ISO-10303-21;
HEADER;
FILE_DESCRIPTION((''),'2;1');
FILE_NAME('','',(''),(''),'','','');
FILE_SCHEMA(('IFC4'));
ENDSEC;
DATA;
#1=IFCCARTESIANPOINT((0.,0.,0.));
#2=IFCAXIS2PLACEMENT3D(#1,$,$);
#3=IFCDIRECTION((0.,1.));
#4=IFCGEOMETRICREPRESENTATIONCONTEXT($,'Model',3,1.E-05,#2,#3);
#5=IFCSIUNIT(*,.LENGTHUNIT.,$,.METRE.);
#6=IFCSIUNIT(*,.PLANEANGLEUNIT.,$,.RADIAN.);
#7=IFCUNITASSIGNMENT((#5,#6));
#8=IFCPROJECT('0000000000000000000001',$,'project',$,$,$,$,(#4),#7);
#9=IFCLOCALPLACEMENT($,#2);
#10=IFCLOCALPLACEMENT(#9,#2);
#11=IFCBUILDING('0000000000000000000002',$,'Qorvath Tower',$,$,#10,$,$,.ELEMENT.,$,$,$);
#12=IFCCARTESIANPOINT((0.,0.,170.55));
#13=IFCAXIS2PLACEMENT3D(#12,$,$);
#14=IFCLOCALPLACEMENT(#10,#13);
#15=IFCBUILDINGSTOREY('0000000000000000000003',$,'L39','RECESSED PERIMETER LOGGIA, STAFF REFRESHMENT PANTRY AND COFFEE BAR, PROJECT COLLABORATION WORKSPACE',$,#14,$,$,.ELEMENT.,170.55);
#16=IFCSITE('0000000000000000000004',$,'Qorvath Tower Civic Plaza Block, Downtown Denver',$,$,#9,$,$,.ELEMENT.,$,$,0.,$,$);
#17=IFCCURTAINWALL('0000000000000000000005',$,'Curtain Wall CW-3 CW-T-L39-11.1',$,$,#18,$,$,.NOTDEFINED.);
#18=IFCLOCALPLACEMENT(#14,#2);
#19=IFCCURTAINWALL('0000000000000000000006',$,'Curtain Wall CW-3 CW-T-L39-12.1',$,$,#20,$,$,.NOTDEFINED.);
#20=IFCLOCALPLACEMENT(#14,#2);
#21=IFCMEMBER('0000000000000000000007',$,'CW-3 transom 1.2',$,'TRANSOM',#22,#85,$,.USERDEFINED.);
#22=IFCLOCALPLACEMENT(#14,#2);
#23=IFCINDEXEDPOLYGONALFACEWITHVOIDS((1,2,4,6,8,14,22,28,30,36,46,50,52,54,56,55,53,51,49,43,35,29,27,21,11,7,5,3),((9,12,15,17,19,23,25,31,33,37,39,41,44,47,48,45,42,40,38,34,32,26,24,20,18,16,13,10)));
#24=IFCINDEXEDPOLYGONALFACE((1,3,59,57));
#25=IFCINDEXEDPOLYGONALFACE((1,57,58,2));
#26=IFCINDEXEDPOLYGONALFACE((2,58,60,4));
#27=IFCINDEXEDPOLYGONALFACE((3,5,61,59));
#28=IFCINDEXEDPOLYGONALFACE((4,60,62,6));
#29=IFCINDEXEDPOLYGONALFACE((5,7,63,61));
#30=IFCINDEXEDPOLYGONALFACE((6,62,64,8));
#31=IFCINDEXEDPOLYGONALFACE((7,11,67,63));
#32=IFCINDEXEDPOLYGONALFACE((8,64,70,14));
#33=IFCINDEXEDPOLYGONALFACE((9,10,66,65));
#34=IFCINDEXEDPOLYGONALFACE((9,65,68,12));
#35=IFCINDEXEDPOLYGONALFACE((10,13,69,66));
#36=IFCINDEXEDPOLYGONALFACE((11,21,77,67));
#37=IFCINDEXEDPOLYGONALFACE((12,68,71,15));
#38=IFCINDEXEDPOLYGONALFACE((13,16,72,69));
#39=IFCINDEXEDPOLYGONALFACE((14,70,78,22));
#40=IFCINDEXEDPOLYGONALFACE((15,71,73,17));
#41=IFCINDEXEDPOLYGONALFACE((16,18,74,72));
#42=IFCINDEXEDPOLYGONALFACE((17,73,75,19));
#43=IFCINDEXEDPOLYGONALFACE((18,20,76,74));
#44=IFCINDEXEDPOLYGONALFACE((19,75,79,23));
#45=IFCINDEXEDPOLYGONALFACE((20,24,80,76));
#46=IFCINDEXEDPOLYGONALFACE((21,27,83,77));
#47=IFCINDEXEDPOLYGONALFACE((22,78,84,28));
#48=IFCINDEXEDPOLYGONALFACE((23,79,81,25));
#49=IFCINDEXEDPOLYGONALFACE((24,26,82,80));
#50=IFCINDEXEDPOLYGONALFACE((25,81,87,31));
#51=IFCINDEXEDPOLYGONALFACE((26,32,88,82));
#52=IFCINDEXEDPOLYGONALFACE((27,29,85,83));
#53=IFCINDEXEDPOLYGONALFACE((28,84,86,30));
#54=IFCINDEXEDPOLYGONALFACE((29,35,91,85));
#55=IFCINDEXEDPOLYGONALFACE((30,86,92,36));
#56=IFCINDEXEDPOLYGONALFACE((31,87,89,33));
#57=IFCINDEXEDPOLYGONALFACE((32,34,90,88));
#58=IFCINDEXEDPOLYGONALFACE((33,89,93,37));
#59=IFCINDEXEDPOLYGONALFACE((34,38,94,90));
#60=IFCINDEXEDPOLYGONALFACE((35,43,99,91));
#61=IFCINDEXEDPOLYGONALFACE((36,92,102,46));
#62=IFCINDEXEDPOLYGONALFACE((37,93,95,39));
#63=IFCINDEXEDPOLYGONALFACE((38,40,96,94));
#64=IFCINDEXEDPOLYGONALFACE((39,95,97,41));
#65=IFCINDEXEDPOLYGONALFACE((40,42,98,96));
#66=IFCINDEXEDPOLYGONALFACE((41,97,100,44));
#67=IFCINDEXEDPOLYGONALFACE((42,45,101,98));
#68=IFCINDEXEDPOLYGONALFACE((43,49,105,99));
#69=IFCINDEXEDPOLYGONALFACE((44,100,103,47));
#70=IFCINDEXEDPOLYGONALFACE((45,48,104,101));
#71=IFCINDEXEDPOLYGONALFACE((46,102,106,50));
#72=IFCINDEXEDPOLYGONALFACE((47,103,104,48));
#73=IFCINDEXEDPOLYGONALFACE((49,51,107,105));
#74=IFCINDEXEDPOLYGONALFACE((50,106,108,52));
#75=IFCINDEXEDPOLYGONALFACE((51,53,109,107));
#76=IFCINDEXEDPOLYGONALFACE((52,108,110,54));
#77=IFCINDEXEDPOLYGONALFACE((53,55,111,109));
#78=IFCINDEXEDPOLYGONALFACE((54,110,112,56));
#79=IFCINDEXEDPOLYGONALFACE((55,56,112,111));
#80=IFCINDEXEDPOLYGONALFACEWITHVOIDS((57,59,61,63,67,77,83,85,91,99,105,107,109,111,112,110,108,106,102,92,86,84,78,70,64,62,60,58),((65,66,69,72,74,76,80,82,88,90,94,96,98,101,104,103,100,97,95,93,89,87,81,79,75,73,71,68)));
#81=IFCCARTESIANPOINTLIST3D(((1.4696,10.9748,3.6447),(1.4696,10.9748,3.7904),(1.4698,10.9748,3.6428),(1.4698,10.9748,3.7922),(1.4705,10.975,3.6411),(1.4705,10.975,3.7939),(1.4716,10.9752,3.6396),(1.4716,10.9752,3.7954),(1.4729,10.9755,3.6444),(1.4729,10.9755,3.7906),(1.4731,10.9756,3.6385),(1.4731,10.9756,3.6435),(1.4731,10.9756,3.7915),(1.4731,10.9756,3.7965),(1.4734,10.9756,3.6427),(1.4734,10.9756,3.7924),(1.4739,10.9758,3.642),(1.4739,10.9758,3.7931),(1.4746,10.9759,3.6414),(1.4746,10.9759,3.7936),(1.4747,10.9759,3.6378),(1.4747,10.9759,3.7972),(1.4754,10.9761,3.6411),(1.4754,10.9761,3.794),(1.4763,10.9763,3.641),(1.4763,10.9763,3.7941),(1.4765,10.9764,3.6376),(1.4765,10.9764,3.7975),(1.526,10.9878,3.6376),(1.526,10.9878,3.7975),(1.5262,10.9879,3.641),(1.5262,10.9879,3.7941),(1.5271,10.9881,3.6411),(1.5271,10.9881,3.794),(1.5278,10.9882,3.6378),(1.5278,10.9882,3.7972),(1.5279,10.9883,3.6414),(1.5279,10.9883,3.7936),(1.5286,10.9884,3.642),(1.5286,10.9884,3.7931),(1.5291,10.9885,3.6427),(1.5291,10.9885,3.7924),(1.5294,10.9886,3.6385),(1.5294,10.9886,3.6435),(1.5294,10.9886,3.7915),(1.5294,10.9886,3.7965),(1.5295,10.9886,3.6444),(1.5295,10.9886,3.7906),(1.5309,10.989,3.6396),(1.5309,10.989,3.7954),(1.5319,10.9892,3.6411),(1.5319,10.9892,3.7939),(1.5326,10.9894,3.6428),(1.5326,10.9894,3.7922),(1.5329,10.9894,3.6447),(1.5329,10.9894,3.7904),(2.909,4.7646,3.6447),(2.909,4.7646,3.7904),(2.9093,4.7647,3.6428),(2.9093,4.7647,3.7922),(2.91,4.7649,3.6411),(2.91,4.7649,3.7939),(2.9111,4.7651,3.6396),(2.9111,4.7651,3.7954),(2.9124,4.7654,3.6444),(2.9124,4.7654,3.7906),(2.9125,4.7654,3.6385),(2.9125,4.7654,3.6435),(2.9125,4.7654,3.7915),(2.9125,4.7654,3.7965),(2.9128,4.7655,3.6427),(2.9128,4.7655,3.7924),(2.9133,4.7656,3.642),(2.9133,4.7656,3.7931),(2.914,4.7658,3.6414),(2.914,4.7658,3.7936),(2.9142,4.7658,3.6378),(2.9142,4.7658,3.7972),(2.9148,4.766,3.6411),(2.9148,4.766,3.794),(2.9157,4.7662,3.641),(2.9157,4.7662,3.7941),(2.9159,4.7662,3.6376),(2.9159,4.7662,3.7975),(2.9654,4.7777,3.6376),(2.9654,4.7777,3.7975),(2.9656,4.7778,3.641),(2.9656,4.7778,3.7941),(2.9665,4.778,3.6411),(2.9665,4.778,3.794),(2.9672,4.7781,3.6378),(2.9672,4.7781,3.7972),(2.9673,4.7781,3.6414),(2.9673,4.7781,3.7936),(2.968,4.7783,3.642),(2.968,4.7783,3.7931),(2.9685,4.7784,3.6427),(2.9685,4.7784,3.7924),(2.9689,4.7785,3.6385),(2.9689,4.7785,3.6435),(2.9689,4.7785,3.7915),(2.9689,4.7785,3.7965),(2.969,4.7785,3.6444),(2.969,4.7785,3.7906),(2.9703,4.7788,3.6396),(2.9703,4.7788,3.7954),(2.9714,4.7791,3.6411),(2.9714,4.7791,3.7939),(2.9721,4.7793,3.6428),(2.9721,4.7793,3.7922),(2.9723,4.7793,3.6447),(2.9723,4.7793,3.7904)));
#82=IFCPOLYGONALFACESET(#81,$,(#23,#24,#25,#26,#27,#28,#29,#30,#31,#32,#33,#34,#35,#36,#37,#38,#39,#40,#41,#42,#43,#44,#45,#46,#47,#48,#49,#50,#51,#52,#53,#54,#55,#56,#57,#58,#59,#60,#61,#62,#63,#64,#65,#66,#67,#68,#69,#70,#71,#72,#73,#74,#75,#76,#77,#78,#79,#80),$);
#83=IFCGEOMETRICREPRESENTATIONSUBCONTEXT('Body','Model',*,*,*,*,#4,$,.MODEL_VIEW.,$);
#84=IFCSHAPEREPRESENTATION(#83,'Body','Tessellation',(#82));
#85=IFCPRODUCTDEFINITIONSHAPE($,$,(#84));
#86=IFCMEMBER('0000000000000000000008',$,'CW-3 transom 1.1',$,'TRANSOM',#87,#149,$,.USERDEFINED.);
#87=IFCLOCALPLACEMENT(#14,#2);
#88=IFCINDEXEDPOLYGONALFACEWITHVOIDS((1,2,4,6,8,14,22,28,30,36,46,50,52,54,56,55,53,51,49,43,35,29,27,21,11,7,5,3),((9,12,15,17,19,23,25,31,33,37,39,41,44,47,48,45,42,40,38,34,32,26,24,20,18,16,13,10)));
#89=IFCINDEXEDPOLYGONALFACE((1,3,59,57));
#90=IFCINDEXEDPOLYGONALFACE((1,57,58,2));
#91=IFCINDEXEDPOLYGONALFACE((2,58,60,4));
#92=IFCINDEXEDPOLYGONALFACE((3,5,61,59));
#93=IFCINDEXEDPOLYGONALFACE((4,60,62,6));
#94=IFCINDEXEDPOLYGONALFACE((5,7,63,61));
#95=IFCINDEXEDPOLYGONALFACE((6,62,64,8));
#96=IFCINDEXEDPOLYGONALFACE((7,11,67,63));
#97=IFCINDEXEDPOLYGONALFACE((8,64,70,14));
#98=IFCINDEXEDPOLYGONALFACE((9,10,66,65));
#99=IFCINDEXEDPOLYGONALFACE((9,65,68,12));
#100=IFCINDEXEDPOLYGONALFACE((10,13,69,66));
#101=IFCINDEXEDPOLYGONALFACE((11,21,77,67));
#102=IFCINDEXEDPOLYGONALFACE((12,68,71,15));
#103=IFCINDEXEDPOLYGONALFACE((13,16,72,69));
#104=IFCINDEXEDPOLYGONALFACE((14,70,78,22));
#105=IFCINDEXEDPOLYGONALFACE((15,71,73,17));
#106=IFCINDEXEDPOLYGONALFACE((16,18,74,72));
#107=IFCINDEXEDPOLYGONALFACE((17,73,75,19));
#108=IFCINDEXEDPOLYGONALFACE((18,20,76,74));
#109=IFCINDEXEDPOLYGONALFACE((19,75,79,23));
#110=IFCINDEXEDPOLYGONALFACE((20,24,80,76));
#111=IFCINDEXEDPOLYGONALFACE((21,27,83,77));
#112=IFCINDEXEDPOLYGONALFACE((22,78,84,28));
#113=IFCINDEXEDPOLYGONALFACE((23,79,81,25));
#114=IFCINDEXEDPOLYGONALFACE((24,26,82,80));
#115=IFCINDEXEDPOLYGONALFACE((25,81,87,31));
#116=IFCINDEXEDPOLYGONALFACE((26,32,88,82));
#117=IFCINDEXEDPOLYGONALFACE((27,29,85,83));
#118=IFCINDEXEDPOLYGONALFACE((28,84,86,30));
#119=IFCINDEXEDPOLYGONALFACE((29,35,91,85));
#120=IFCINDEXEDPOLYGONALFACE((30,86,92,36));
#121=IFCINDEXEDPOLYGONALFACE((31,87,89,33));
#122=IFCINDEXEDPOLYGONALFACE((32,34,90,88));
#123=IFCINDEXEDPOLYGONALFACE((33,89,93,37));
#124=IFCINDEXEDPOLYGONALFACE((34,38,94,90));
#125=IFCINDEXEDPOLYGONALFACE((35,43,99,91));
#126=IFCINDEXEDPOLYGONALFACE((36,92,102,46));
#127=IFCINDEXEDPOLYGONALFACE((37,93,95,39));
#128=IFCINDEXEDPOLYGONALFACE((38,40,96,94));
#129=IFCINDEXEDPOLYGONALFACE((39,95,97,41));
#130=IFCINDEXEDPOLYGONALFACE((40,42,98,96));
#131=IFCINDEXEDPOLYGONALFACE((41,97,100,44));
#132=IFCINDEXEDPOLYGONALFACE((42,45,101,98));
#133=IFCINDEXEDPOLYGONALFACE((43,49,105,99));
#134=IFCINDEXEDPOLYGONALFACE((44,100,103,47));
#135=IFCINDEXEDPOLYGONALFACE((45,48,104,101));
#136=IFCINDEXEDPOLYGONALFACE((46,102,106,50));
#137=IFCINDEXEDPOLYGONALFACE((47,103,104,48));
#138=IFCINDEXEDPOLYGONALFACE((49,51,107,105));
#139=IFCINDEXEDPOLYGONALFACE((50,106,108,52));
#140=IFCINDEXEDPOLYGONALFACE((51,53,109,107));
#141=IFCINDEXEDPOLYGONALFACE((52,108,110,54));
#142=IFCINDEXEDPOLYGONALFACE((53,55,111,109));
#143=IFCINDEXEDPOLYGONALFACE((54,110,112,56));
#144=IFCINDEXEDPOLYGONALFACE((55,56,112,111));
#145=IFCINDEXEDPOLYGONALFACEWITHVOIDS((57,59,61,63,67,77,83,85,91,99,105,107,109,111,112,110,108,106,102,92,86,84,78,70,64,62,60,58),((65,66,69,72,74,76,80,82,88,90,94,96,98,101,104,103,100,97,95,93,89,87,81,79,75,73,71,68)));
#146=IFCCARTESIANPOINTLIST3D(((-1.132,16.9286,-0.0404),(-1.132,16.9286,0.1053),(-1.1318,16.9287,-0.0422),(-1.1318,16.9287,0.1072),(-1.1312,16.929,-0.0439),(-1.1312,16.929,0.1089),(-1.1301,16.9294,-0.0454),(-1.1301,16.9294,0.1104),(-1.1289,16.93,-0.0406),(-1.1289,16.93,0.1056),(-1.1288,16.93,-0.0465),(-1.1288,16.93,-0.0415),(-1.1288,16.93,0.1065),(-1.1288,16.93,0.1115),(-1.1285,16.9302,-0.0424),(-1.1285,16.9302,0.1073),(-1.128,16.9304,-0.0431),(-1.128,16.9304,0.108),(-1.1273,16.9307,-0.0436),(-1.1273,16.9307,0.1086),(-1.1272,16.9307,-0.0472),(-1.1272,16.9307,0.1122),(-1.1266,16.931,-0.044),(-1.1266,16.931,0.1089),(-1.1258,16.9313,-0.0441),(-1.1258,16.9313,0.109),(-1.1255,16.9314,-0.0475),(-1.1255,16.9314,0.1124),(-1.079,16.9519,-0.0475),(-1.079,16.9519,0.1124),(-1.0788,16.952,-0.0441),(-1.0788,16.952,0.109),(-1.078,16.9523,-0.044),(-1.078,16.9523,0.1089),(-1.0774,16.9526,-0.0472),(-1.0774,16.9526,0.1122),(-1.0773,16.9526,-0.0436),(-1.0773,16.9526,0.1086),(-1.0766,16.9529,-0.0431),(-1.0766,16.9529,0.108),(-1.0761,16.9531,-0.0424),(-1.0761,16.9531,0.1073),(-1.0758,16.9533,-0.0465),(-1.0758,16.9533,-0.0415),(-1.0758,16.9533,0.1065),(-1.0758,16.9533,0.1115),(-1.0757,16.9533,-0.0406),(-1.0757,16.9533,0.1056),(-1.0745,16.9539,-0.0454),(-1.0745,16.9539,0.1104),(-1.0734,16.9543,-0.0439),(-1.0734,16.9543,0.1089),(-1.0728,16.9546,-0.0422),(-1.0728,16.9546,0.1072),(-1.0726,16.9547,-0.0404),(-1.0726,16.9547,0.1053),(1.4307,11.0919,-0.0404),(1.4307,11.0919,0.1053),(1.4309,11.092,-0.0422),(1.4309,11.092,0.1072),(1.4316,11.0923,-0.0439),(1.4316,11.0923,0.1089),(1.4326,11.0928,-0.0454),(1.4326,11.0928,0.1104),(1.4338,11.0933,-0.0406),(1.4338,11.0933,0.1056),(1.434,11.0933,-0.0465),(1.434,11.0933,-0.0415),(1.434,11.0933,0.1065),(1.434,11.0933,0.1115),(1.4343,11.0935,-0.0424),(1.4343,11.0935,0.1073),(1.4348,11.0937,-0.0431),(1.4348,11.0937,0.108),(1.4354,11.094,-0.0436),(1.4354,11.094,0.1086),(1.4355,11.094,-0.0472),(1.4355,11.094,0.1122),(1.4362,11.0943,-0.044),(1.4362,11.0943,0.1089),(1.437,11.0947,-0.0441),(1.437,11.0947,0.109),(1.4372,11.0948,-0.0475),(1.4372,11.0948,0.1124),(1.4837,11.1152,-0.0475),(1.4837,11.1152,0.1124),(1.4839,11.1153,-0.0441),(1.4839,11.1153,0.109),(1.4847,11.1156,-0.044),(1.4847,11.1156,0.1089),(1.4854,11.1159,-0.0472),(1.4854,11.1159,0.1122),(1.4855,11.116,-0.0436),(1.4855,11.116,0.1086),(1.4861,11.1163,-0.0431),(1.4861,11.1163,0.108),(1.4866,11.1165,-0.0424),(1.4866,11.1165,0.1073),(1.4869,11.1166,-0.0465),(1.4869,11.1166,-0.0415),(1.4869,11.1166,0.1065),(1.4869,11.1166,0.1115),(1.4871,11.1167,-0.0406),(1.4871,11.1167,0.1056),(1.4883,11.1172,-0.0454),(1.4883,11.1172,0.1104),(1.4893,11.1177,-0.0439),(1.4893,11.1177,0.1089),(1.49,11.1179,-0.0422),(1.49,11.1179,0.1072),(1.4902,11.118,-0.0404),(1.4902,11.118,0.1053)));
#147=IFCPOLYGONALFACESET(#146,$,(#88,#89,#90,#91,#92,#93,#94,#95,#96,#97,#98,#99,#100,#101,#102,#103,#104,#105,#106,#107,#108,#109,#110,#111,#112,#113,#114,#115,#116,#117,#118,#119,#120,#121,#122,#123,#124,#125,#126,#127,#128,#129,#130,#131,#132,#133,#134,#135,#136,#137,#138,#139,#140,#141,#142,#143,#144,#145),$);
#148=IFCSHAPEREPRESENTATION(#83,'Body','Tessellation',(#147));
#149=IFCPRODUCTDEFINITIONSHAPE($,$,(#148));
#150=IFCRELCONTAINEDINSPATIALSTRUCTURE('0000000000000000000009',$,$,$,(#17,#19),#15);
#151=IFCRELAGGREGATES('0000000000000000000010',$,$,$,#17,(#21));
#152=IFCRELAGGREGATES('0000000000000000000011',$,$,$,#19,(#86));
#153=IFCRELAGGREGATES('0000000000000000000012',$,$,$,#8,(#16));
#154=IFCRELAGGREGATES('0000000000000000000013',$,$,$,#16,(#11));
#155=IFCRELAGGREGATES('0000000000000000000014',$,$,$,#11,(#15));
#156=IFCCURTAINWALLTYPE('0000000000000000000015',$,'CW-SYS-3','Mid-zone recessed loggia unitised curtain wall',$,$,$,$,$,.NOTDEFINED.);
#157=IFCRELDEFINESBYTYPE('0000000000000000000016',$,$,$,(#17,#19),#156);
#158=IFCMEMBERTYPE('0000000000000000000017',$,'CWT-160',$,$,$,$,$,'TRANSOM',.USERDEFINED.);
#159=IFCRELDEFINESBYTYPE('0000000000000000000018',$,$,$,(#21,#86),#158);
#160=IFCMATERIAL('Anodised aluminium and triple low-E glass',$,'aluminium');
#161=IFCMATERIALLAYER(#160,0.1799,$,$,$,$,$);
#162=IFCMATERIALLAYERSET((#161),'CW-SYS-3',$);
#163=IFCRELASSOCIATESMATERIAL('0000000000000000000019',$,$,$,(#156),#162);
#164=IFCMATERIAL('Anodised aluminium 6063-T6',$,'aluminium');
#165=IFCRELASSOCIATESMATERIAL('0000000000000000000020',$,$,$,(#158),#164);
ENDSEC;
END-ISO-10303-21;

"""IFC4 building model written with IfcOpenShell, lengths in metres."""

from ifc_helpers import new_model, si_unit, direction, frame, origin, origin_2d, place, context, subcontext, project, spatial, hollow_rectangle, extrude, material, layer, layer_set, material_profile, profile_set, type_object, element, aggregate, save


model = new_model("IFC4")

# Units and contexts
model_context = context("Model", 3, precision=1e-05, world=origin(), true_north=direction((0.0, 1.0)))
body_context = subcontext(model_context, "Body", "Model", "MODEL_VIEW")
ifc_project = project(units=[si_unit("LENGTHUNIT", "METRE"), si_unit("PLANEANGLEUNIT", "RADIAN")], contexts=[model_context])

# Site, building, storey
site_placement = place(None, origin())
site = spatial("IfcSite", under=ifc_project, at=site_placement, Name="Qorvath Tower Civic Plaza Block, Downtown Denver", CompositionType="ELEMENT", RefElevation=0.0)
building_placement = place(site_placement, origin())
building = spatial("IfcBuilding", under=site, at=building_placement, Name="Qorvath Tower", CompositionType="ELEMENT")
storey_placement = place(building_placement, frame((0.0, 0.0, 170.55)))
storey = spatial("IfcBuildingStorey", under=building, at=storey_placement, Name="L39", Description="RECESSED PERIMETER LOGGIA, STAFF REFRESHMENT PANTRY AND COFFEE BAR, PROJECT COLLABORATION WORKSPACE", CompositionType="ELEMENT", Elevation=170.55)

# Curtain wall
ifc_material_1 = material(Name="Anodised aluminium and triple low-E glass", Category="aluminium")
ifc_layer_1 = layer(ifc_material_1, 0.1799)
ifc_layer_set_1 = layer_set([ifc_layer_1], Name="CW-SYS-3")
curtain_wall_type = type_object("IfcCurtainWallType", Name="CW-SYS-3", Description="Mid-zone recessed loggia unitised curtain wall", PredefinedType="NOTDEFINED", material=ifc_layer_set_1)
curtain_wall_1_placement = place(storey_placement, origin())
curtain_wall_1 = element("IfcCurtainWall", 1, at=curtain_wall_1_placement, inside=storey, type_object=curtain_wall_type, Name="Curtain Wall CW-3 CW-T-L39-11.1", PredefinedType="NOTDEFINED")

# Curtain wall
curtain_wall_2_placement = place(storey_placement, origin())
curtain_wall_2 = element("IfcCurtainWall", 2, at=curtain_wall_2_placement, inside=storey, type_object=curtain_wall_type, Name="Curtain Wall CW-3 CW-T-L39-12.1", PredefinedType="NOTDEFINED")

# Members
ifc_material_2 = material(Name="Anodised aluminium 6063-T6", Category="aluminium")
ifc_material_profile_1 = material_profile(ifc_material_2, hollow_rectangle(XDim=0.0649, YDim=0.1599, WallThickness=0.0034, InnerFilletRadius=0.0034, OuterFilletRadius=0.0071, at=origin_2d()), Name="CWT 160x65")
ifc_profile_set_1 = profile_set([ifc_material_profile_1], Name="Anodised aluminium 6063-T6")
member_type_1 = type_object("IfcMemberType", Name="CWT-160", ElementType="TRANSOM", PredefinedType="USERDEFINED", material=ifc_profile_set_1)
member_1_placement = place(storey_placement, frame((2.9407, 4.772, 3.7175), z_axis=(-0.225802, 0.974173, 0.0), x_axis=(-0.974173, -0.225802, 0.0)))
member_1 = element("IfcMember", 3, at=member_1_placement, type_object=member_type_1, Name="CW-3 transom 1.2", ObjectType="TRANSOM", PredefinedType="USERDEFINED", context=body_context, shape_type="SweptSolid", body=[
    extrude(hollow_rectangle(XDim=0.0649, YDim=0.1599, WallThickness=0.0034, InnerFilletRadius=0.0034, OuterFilletRadius=0.0071, at=origin_2d()), origin(), (0.0, 0.0, 1.0), 6.3748),
])
member_2_placement = place(storey_placement, frame((1.4604, 11.105, 0.0325), z_axis=(-0.40203, 0.915626, 0.0), x_axis=(-0.915626, -0.40203, 0.0)))
member_2 = element("IfcMember", 4, at=member_2_placement, type_object=member_type_1, Name="CW-3 transom 1.1", ObjectType="TRANSOM", PredefinedType="USERDEFINED", context=body_context, shape_type="SweptSolid", body=[
    extrude(hollow_rectangle(XDim=0.0649, YDim=0.1599, WallThickness=0.0034, InnerFilletRadius=0.0034, OuterFilletRadius=0.0071, at=origin_2d()), origin(), (0.0, 0.0, 1.0), 6.3745),
])

aggregate(curtain_wall_1, [member_1])
aggregate(curtain_wall_2, [member_2])

save(model, "model.ifc")
